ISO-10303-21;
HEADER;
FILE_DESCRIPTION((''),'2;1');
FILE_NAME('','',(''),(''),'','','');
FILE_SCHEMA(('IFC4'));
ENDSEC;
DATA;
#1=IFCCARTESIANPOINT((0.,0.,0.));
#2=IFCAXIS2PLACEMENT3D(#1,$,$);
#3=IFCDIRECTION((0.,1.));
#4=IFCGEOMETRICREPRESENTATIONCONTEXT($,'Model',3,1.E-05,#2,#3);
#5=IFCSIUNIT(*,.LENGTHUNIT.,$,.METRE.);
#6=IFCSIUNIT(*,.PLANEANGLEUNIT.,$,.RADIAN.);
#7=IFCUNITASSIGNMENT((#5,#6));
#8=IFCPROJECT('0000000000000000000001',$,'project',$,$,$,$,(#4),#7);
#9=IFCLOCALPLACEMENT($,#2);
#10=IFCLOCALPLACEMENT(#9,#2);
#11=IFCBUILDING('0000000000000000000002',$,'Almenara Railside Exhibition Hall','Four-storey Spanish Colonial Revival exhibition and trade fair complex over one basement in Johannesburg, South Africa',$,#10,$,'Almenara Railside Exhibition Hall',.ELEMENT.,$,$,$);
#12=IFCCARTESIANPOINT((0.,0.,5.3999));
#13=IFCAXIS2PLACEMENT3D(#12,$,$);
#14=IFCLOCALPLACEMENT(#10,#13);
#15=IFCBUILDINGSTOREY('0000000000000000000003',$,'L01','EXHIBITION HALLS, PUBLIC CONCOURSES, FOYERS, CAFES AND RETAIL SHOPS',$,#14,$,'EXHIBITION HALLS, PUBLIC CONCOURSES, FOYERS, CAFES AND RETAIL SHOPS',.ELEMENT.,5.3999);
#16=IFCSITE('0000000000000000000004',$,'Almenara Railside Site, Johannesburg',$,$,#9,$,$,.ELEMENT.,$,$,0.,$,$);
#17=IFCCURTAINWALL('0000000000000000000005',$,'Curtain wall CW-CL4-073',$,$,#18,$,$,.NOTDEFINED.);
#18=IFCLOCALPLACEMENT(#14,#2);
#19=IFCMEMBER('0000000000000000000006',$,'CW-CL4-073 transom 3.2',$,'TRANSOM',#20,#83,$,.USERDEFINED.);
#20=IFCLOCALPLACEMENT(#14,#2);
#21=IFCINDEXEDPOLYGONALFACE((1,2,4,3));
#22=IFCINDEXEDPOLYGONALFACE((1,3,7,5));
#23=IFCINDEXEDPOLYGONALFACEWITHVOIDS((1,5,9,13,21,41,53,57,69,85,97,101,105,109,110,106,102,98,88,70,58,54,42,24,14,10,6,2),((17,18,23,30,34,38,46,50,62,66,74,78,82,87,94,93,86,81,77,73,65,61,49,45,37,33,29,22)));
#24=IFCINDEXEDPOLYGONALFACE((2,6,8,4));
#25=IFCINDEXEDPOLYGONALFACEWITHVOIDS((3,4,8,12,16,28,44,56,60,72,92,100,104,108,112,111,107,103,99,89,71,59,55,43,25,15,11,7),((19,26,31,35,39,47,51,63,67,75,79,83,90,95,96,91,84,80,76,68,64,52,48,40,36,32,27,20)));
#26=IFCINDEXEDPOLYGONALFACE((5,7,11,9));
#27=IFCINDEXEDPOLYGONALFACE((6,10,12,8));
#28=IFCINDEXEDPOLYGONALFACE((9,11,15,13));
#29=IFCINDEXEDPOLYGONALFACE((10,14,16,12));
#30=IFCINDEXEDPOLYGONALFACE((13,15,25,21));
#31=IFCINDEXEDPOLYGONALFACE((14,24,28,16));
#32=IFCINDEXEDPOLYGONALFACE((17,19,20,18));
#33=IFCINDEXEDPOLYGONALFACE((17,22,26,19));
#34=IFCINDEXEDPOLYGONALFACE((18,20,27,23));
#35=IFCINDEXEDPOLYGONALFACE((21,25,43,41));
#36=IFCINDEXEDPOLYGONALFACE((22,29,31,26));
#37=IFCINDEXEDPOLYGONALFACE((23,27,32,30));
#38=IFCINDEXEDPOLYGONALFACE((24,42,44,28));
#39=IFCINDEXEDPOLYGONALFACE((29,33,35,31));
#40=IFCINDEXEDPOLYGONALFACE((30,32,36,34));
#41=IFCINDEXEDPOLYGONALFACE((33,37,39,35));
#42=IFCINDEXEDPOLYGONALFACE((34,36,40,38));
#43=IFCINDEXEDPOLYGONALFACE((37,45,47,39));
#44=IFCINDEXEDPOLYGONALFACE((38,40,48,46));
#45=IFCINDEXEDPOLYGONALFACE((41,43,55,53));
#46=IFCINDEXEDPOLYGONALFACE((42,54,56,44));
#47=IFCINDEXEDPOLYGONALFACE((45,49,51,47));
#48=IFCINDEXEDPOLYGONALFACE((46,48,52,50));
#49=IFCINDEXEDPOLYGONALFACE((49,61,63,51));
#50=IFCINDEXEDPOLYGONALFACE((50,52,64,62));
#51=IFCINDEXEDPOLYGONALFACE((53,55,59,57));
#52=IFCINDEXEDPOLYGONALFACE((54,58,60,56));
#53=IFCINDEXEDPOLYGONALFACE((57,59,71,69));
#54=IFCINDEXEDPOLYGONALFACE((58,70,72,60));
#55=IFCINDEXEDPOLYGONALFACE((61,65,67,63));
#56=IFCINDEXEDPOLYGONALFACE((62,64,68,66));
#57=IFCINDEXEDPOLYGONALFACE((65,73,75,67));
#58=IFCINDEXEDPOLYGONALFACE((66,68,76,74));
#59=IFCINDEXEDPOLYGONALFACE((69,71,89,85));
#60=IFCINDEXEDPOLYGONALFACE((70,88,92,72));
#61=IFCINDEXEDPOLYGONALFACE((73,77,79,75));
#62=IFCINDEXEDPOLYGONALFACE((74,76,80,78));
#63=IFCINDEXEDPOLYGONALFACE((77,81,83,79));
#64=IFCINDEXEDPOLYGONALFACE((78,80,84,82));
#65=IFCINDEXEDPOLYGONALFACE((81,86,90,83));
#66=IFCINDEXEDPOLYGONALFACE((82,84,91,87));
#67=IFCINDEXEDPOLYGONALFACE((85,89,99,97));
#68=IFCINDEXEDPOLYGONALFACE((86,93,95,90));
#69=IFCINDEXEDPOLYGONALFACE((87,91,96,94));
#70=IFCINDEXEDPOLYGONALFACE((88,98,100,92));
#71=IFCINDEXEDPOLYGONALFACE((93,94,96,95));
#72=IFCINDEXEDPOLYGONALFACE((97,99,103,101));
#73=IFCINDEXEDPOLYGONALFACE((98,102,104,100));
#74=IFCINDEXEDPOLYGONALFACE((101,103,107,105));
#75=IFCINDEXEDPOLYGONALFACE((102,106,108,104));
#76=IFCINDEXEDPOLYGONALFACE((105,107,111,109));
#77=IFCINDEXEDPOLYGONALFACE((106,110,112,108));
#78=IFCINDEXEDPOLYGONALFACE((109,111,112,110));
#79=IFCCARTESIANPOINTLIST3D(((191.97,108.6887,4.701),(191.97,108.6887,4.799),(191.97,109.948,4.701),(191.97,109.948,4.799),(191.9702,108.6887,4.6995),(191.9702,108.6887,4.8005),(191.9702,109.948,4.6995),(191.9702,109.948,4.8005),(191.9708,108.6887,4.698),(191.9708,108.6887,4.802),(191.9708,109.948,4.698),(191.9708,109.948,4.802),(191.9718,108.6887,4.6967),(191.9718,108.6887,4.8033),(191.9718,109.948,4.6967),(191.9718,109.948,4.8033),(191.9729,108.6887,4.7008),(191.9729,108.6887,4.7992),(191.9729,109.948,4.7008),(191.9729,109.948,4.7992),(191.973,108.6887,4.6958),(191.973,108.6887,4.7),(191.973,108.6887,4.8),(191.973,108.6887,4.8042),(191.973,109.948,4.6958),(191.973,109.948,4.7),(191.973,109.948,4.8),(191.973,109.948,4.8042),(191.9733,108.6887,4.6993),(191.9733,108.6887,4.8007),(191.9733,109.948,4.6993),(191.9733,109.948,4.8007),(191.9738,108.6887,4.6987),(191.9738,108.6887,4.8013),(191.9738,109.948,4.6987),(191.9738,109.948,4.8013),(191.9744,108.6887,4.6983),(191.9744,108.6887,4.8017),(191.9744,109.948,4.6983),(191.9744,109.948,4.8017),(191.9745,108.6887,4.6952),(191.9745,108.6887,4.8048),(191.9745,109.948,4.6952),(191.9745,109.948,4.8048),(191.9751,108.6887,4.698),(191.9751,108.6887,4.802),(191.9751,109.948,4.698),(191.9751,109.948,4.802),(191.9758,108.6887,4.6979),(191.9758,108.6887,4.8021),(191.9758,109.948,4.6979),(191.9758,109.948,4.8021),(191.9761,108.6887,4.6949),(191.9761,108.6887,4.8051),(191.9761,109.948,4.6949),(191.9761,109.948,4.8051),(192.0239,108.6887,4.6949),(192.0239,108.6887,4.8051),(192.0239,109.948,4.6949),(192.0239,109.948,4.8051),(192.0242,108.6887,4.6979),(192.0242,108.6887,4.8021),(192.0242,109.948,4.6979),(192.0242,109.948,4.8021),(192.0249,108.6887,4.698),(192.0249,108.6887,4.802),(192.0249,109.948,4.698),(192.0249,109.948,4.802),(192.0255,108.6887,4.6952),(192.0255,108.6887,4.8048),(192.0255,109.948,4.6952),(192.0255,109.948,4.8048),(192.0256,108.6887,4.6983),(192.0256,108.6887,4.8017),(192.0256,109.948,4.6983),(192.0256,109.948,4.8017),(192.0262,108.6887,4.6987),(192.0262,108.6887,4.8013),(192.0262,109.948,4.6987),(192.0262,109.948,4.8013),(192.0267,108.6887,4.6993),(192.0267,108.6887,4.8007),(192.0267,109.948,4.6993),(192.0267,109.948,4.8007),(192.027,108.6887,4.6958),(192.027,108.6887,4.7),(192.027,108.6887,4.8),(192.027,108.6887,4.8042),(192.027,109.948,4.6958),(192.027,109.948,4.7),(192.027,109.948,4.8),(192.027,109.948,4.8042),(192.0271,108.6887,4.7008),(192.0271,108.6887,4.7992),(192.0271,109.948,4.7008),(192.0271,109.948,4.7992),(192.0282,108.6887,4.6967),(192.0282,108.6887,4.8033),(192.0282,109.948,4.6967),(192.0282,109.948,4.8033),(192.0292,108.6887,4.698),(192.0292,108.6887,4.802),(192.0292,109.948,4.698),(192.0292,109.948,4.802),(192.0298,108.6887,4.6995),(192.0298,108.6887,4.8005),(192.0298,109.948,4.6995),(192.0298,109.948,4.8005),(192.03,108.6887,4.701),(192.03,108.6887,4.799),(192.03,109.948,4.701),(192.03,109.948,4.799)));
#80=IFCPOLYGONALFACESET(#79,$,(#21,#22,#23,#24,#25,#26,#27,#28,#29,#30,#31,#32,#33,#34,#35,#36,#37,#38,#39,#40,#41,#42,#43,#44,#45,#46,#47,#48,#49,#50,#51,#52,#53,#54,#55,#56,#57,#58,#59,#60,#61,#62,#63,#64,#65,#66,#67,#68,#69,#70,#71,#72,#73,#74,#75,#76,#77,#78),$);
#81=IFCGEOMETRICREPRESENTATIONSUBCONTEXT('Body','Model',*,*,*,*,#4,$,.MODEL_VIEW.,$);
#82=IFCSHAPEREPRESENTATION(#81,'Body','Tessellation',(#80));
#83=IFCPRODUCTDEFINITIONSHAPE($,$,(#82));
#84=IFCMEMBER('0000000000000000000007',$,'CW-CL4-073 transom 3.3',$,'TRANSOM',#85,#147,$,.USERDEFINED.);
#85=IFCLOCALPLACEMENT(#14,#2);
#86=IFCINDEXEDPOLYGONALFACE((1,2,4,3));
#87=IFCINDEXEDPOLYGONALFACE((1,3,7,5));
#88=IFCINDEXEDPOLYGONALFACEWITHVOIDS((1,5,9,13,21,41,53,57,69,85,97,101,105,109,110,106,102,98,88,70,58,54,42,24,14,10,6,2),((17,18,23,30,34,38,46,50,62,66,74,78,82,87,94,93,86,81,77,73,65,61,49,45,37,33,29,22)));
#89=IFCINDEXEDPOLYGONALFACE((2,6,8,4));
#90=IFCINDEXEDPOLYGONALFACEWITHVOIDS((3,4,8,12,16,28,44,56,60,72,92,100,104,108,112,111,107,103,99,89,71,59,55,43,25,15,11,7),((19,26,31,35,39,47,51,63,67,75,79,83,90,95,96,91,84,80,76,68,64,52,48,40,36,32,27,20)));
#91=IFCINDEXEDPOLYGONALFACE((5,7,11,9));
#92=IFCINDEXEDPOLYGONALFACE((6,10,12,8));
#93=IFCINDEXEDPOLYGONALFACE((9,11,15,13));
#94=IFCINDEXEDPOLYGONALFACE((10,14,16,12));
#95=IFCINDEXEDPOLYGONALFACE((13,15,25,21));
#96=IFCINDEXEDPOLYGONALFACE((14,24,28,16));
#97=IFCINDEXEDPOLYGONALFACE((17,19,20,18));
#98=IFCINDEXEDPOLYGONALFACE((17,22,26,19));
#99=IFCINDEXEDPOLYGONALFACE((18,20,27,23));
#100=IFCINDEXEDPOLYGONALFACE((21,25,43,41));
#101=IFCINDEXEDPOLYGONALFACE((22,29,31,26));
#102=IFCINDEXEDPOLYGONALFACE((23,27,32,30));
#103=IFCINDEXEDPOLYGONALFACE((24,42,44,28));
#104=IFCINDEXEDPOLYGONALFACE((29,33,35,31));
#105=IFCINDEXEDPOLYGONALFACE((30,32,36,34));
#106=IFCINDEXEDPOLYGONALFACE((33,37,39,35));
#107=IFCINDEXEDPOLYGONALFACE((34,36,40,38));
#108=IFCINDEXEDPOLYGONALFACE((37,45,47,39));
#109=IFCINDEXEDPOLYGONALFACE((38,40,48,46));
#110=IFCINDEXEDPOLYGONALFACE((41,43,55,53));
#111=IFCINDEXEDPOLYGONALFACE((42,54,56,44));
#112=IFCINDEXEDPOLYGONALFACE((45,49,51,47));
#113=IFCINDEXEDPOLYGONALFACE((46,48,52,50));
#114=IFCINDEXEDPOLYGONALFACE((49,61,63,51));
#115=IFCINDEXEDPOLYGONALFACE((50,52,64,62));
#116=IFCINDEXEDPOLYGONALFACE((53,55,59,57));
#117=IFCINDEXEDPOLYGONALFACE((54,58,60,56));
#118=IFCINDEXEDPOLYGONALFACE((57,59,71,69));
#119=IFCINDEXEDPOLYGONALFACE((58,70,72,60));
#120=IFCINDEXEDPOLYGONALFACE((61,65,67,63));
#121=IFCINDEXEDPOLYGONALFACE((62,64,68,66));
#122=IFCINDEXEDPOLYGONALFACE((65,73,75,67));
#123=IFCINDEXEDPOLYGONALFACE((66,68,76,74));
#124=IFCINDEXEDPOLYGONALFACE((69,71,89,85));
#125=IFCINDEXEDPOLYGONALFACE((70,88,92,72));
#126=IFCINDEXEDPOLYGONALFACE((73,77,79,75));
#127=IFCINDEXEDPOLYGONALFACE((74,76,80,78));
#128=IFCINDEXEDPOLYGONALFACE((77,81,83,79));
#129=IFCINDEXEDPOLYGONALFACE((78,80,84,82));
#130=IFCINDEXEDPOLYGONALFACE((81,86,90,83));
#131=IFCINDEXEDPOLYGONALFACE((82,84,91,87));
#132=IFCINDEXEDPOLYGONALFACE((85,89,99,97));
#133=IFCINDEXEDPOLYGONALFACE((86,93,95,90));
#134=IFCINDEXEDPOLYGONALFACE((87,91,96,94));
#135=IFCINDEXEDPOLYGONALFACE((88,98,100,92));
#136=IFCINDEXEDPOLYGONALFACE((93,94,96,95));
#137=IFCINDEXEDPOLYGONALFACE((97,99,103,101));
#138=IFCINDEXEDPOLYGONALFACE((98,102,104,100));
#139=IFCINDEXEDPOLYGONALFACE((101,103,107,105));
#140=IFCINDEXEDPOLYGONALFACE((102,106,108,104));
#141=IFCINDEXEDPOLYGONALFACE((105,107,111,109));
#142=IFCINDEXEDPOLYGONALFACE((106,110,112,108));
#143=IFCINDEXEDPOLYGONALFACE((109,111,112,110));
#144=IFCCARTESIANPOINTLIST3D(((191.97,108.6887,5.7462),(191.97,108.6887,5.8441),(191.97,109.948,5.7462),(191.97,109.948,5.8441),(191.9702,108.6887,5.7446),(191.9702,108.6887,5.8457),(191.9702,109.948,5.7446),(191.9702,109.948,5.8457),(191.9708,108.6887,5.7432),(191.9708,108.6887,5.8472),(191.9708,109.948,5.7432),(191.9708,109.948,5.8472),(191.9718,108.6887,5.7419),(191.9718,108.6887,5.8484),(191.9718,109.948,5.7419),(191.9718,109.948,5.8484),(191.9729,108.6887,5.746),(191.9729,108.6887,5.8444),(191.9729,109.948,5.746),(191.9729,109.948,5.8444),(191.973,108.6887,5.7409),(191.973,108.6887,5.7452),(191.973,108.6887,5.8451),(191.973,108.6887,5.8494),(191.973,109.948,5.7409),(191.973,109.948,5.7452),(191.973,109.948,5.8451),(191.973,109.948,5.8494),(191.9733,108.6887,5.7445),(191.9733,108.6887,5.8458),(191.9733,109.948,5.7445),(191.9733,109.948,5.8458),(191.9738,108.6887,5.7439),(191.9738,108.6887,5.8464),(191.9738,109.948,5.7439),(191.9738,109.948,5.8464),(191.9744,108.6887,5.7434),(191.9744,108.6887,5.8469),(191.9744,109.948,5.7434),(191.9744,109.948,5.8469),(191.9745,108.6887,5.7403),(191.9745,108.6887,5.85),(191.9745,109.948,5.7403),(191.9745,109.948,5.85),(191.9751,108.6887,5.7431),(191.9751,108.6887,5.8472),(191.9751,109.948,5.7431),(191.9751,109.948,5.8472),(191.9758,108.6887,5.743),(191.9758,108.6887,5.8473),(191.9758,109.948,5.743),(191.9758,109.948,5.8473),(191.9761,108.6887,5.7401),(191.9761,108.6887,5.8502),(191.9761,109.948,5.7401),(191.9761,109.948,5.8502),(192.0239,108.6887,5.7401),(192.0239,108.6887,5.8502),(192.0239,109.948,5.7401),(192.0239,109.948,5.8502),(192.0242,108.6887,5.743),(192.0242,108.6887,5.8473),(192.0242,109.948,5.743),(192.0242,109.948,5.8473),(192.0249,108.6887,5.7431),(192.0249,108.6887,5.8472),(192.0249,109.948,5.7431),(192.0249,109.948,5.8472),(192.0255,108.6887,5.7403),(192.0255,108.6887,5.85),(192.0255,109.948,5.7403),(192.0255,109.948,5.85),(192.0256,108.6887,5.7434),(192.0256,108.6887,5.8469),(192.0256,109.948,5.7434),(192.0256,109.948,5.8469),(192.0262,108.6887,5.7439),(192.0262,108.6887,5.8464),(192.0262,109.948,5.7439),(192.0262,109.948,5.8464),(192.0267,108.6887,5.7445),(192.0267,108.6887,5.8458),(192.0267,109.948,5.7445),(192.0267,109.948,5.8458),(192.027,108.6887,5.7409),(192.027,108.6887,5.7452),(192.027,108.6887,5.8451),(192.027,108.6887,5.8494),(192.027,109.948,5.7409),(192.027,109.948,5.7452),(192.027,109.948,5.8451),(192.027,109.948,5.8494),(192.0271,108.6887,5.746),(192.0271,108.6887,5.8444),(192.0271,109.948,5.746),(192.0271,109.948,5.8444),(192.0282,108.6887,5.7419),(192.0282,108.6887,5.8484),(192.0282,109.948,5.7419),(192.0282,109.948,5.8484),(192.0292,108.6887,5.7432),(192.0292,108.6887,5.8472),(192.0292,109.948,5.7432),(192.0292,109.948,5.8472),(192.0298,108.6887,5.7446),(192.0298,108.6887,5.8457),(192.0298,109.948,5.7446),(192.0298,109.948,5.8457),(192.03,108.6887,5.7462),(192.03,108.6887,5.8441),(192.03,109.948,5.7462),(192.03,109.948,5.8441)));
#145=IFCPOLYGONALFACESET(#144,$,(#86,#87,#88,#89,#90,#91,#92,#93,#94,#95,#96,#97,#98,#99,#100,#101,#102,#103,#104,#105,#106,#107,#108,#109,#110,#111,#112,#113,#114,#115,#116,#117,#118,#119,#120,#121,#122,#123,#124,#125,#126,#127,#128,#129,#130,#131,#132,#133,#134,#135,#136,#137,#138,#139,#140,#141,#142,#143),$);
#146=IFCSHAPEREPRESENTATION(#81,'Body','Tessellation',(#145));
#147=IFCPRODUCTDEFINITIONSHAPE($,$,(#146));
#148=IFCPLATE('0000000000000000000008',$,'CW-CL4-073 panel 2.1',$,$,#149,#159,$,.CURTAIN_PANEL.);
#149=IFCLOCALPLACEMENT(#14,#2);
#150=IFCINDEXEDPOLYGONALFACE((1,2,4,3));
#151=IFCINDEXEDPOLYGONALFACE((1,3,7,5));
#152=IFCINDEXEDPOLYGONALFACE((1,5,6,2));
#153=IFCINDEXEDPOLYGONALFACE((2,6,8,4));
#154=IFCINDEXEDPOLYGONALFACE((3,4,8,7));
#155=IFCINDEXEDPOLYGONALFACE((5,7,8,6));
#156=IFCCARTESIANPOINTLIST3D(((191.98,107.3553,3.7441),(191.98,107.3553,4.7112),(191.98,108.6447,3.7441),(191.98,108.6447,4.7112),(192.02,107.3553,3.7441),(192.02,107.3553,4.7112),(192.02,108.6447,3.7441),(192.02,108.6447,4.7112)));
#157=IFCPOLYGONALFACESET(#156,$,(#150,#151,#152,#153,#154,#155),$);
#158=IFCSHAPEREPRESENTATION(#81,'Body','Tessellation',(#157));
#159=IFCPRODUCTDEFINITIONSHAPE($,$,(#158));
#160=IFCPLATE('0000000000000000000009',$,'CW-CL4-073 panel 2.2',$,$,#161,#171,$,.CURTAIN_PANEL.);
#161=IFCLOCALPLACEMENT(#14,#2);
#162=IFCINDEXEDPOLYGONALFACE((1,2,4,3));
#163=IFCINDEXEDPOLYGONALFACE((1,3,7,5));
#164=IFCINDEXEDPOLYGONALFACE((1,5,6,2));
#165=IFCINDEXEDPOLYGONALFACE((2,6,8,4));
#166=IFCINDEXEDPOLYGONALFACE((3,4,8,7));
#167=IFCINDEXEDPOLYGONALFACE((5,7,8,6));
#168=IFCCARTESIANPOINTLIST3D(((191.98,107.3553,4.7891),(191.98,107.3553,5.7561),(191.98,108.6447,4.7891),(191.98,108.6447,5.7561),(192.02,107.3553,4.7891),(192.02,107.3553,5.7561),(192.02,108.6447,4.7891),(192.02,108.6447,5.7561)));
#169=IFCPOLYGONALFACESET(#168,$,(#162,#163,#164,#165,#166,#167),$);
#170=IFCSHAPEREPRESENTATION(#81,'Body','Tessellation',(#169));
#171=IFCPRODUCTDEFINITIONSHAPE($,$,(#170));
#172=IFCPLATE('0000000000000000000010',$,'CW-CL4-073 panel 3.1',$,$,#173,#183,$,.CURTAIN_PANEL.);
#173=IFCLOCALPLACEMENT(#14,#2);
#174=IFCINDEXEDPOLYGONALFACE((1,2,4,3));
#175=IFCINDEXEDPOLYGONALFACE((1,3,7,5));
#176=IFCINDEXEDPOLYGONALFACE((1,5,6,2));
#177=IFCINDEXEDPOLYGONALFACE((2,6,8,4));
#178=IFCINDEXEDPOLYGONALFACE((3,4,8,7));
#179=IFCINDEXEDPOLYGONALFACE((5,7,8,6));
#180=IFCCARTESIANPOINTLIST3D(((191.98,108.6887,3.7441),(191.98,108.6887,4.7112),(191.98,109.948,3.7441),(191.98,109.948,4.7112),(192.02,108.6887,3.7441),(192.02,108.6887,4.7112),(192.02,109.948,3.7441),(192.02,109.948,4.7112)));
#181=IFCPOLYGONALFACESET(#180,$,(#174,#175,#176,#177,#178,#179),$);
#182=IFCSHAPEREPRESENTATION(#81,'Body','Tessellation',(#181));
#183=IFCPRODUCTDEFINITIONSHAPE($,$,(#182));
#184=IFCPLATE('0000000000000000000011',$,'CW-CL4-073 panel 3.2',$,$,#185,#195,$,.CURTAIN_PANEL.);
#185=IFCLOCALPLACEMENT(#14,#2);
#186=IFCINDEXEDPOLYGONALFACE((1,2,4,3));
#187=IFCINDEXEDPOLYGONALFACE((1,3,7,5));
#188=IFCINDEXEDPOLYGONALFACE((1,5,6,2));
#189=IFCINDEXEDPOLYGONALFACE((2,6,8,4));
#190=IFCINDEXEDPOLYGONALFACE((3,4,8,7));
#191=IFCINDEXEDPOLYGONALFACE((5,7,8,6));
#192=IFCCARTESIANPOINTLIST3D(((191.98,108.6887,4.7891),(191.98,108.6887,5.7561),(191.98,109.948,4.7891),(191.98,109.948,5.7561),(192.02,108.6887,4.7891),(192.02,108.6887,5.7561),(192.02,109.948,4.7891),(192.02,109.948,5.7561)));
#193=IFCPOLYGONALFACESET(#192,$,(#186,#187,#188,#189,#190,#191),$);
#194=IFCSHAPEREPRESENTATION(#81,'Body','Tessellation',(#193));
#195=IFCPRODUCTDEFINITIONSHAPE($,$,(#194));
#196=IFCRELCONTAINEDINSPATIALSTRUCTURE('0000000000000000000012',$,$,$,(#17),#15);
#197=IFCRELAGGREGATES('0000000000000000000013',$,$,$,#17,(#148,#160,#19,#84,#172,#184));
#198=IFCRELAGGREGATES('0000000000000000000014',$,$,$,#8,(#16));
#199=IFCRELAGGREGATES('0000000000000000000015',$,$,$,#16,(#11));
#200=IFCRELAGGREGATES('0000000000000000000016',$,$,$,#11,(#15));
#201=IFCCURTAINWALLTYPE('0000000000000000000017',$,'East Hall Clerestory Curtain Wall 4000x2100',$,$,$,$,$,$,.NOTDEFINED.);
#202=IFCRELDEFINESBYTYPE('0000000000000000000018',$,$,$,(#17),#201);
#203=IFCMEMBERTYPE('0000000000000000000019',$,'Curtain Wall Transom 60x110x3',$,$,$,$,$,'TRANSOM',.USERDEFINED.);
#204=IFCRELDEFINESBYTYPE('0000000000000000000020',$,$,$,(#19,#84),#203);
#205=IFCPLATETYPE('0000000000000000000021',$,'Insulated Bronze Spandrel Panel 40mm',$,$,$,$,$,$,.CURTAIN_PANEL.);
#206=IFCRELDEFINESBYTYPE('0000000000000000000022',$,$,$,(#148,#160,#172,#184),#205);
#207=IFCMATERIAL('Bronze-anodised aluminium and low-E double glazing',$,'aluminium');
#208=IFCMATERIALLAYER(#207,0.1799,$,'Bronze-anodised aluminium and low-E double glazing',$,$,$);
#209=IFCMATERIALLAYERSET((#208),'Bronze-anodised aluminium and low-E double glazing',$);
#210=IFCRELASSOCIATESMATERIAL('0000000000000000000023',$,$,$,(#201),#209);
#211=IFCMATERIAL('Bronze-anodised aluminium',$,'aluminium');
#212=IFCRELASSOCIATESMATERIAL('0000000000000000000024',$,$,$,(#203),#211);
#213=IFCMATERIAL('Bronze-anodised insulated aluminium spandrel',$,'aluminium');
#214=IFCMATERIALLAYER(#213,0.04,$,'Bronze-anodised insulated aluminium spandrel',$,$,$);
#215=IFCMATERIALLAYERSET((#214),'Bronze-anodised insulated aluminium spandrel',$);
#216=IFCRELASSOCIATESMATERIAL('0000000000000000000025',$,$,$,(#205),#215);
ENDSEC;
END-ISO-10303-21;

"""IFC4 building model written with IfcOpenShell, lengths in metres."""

from ifc_helpers import new_model, si_unit, direction, frame, origin, origin_2d, place, context, subcontext, project, spatial, rectangle, hollow_rectangle, extrude, material, layer, layer_set, material_profile, profile_set, type_object, element, aggregate, save


model = new_model("IFC4")

# Units and contexts
model_context = context("Model", 3, precision=1e-05, world=origin(), true_north=direction((0.0, 1.0)))
body_context = subcontext(model_context, "Body", "Model", "MODEL_VIEW")
ifc_project = project(units=[si_unit("LENGTHUNIT", "METRE"), si_unit("PLANEANGLEUNIT", "RADIAN")], contexts=[model_context])

# Site, building, storey
site_placement = place(None, origin())
site = spatial("IfcSite", under=ifc_project, at=site_placement, Name="Almenara Railside Site, Johannesburg", CompositionType="ELEMENT", RefElevation=0.0)
building_placement = place(site_placement, origin())
building = spatial("IfcBuilding", under=site, at=building_placement, Name="Almenara Railside Exhibition Hall", Description="Four-storey Spanish Colonial Revival exhibition and trade fair complex over one basement in Johannesburg, South Africa", LongName="Almenara Railside Exhibition Hall", CompositionType="ELEMENT")
storey_placement = place(building_placement, frame((0.0, 0.0, 5.3999)))
storey = spatial("IfcBuildingStorey", under=building, at=storey_placement, Name="L01", Description="EXHIBITION HALLS, PUBLIC CONCOURSES, FOYERS, CAFES AND RETAIL SHOPS", LongName="EXHIBITION HALLS, PUBLIC CONCOURSES, FOYERS, CAFES AND RETAIL SHOPS", CompositionType="ELEMENT", Elevation=5.3999)

# Curtain wall
ifc_material_1 = material(Name="Bronze-anodised aluminium and low-E double glazing", Category="aluminium")
ifc_layer_1 = layer(ifc_material_1, 0.1799, Name="Bronze-anodised aluminium and low-E double glazing")
ifc_layer_set_1 = layer_set([ifc_layer_1], Name="Bronze-anodised aluminium and low-E double glazing")
curtain_wall_type = type_object("IfcCurtainWallType", Name="East Hall Clerestory Curtain Wall 4000x2100", PredefinedType="NOTDEFINED", material=ifc_layer_set_1)
ifc_material_2 = material(Name="Bronze-anodised aluminium", Category="aluminium")
curtain_wall_1_placement = place(storey_placement, origin())
curtain_wall_1 = element("IfcCurtainWall", 1, at=curtain_wall_1_placement, inside=storey, type_object=curtain_wall_type, Name="Curtain wall CW-CL4-073", PredefinedType="NOTDEFINED")

# Members
ifc_material_profile_1 = material_profile(ifc_material_2, hollow_rectangle(XDim=0.0601, YDim=0.1101, WallThickness=0.0029, InnerFilletRadius=0.0029, OuterFilletRadius=0.0061, at=origin_2d()), Name="ALU-TRN 60x110x3")
ifc_profile_set_1 = profile_set([ifc_material_profile_1], Name="Bronze-anodised aluminium")
member_type_1 = type_object("IfcMemberType", Name="Curtain Wall Transom 60x110x3", ElementType="TRANSOM", PredefinedType="USERDEFINED", material=ifc_profile_set_1)
member_1_placement = place(storey_placement, frame((192.0, 108.6887, 4.75), z_axis=(0.0, 1.0, 0.0), x_axis=(-1.0, 0.0, 0.0)))
member_1 = element("IfcMember", 2, at=member_1_placement, type_object=member_type_1, Name="CW-CL4-073 transom 3.2", ObjectType="TRANSOM", PredefinedType="USERDEFINED", context=body_context, shape_type="SweptSolid", body=[
    extrude(hollow_rectangle(XDim=0.0601, YDim=0.1101, WallThickness=0.0029, InnerFilletRadius=0.0029, OuterFilletRadius=0.0061, at=origin_2d()), origin(), (0.0, 0.0, 1.0), 1.2593),
])
member_2_placement = place(storey_placement, frame((192.0, 108.6887, 5.7952), z_axis=(0.0, 1.0, 0.0), x_axis=(-1.0, 0.0, 0.0)))
member_2 = element("IfcMember", 3, at=member_2_placement, type_object=member_type_1, Name="CW-CL4-073 transom 3.3", ObjectType="TRANSOM", PredefinedType="USERDEFINED", context=body_context, shape_type="SweptSolid", body=[
    extrude(hollow_rectangle(XDim=0.0601, YDim=0.1101, WallThickness=0.0029, InnerFilletRadius=0.0029, OuterFilletRadius=0.0061, at=origin_2d()), origin(), (0.0, 0.0, 1.0), 1.2593),
])

# Plates
ifc_material_3 = material(Name="Bronze-anodised insulated aluminium spandrel", Category="aluminium")
ifc_layer_2 = layer(ifc_material_3, 0.04, Name="Bronze-anodised insulated aluminium spandrel")
ifc_layer_set_2 = layer_set([ifc_layer_2], Name="Bronze-anodised insulated aluminium spandrel")
plate_type_1 = type_object("IfcPlateType", Name="Insulated Bronze Spandrel Panel 40mm", PredefinedType="CURTAIN_PANEL", material=ifc_layer_set_2)
plate_1_placement = place(storey_placement, frame((192.0, 108.0, 3.7441), z_axis=(0.0, 0.0, 1.0), x_axis=(0.0, 1.0, 0.0)))
plate_1 = element("IfcPlate", 4, at=plate_1_placement, type_object=plate_type_1, Name="CW-CL4-073 panel 2.1", PredefinedType="CURTAIN_PANEL", context=body_context, shape_type="SweptSolid", body=[
    extrude(rectangle(XDim=1.2893, YDim=0.04, at=origin_2d()), origin(), (0.0, 0.0, 1.0), 0.967),
])
plate_2_placement = place(storey_placement, frame((192.0, 108.0, 4.7891), z_axis=(0.0, 0.0, 1.0), x_axis=(0.0, 1.0, 0.0)))
plate_2 = element("IfcPlate", 5, at=plate_2_placement, type_object=plate_type_1, Name="CW-CL4-073 panel 2.2", PredefinedType="CURTAIN_PANEL", context=body_context, shape_type="SweptSolid", body=[
    extrude(rectangle(XDim=1.2893, YDim=0.04, at=origin_2d()), origin(), (0.0, 0.0, 1.0), 0.967),
])
plate_3_placement = place(storey_placement, frame((192.0, 109.3184, 3.7441), z_axis=(0.0, 0.0, 1.0), x_axis=(0.0, 1.0, 0.0)))
plate_3 = element("IfcPlate", 6, at=plate_3_placement, type_object=plate_type_1, Name="CW-CL4-073 panel 3.1", PredefinedType="CURTAIN_PANEL", context=body_context, shape_type="SweptSolid", body=[
    extrude(rectangle(XDim=1.2593, YDim=0.04, at=origin_2d()), origin(), (0.0, 0.0, 1.0), 0.967),
])
plate_4_placement = place(storey_placement, frame((192.0, 109.3184, 4.7891), z_axis=(0.0, 0.0, 1.0), x_axis=(0.0, 1.0, 0.0)))
plate_4 = element("IfcPlate", 7, at=plate_4_placement, type_object=plate_type_1, Name="CW-CL4-073 panel 3.2", PredefinedType="CURTAIN_PANEL", context=body_context, shape_type="SweptSolid", body=[
    extrude(rectangle(XDim=1.2593, YDim=0.04, at=origin_2d()), origin(), (0.0, 0.0, 1.0), 0.967),
])
aggregate(curtain_wall_1, [plate_1, plate_2, member_1, member_2, plate_3, plate_4])

save(model, "model.ifc")
